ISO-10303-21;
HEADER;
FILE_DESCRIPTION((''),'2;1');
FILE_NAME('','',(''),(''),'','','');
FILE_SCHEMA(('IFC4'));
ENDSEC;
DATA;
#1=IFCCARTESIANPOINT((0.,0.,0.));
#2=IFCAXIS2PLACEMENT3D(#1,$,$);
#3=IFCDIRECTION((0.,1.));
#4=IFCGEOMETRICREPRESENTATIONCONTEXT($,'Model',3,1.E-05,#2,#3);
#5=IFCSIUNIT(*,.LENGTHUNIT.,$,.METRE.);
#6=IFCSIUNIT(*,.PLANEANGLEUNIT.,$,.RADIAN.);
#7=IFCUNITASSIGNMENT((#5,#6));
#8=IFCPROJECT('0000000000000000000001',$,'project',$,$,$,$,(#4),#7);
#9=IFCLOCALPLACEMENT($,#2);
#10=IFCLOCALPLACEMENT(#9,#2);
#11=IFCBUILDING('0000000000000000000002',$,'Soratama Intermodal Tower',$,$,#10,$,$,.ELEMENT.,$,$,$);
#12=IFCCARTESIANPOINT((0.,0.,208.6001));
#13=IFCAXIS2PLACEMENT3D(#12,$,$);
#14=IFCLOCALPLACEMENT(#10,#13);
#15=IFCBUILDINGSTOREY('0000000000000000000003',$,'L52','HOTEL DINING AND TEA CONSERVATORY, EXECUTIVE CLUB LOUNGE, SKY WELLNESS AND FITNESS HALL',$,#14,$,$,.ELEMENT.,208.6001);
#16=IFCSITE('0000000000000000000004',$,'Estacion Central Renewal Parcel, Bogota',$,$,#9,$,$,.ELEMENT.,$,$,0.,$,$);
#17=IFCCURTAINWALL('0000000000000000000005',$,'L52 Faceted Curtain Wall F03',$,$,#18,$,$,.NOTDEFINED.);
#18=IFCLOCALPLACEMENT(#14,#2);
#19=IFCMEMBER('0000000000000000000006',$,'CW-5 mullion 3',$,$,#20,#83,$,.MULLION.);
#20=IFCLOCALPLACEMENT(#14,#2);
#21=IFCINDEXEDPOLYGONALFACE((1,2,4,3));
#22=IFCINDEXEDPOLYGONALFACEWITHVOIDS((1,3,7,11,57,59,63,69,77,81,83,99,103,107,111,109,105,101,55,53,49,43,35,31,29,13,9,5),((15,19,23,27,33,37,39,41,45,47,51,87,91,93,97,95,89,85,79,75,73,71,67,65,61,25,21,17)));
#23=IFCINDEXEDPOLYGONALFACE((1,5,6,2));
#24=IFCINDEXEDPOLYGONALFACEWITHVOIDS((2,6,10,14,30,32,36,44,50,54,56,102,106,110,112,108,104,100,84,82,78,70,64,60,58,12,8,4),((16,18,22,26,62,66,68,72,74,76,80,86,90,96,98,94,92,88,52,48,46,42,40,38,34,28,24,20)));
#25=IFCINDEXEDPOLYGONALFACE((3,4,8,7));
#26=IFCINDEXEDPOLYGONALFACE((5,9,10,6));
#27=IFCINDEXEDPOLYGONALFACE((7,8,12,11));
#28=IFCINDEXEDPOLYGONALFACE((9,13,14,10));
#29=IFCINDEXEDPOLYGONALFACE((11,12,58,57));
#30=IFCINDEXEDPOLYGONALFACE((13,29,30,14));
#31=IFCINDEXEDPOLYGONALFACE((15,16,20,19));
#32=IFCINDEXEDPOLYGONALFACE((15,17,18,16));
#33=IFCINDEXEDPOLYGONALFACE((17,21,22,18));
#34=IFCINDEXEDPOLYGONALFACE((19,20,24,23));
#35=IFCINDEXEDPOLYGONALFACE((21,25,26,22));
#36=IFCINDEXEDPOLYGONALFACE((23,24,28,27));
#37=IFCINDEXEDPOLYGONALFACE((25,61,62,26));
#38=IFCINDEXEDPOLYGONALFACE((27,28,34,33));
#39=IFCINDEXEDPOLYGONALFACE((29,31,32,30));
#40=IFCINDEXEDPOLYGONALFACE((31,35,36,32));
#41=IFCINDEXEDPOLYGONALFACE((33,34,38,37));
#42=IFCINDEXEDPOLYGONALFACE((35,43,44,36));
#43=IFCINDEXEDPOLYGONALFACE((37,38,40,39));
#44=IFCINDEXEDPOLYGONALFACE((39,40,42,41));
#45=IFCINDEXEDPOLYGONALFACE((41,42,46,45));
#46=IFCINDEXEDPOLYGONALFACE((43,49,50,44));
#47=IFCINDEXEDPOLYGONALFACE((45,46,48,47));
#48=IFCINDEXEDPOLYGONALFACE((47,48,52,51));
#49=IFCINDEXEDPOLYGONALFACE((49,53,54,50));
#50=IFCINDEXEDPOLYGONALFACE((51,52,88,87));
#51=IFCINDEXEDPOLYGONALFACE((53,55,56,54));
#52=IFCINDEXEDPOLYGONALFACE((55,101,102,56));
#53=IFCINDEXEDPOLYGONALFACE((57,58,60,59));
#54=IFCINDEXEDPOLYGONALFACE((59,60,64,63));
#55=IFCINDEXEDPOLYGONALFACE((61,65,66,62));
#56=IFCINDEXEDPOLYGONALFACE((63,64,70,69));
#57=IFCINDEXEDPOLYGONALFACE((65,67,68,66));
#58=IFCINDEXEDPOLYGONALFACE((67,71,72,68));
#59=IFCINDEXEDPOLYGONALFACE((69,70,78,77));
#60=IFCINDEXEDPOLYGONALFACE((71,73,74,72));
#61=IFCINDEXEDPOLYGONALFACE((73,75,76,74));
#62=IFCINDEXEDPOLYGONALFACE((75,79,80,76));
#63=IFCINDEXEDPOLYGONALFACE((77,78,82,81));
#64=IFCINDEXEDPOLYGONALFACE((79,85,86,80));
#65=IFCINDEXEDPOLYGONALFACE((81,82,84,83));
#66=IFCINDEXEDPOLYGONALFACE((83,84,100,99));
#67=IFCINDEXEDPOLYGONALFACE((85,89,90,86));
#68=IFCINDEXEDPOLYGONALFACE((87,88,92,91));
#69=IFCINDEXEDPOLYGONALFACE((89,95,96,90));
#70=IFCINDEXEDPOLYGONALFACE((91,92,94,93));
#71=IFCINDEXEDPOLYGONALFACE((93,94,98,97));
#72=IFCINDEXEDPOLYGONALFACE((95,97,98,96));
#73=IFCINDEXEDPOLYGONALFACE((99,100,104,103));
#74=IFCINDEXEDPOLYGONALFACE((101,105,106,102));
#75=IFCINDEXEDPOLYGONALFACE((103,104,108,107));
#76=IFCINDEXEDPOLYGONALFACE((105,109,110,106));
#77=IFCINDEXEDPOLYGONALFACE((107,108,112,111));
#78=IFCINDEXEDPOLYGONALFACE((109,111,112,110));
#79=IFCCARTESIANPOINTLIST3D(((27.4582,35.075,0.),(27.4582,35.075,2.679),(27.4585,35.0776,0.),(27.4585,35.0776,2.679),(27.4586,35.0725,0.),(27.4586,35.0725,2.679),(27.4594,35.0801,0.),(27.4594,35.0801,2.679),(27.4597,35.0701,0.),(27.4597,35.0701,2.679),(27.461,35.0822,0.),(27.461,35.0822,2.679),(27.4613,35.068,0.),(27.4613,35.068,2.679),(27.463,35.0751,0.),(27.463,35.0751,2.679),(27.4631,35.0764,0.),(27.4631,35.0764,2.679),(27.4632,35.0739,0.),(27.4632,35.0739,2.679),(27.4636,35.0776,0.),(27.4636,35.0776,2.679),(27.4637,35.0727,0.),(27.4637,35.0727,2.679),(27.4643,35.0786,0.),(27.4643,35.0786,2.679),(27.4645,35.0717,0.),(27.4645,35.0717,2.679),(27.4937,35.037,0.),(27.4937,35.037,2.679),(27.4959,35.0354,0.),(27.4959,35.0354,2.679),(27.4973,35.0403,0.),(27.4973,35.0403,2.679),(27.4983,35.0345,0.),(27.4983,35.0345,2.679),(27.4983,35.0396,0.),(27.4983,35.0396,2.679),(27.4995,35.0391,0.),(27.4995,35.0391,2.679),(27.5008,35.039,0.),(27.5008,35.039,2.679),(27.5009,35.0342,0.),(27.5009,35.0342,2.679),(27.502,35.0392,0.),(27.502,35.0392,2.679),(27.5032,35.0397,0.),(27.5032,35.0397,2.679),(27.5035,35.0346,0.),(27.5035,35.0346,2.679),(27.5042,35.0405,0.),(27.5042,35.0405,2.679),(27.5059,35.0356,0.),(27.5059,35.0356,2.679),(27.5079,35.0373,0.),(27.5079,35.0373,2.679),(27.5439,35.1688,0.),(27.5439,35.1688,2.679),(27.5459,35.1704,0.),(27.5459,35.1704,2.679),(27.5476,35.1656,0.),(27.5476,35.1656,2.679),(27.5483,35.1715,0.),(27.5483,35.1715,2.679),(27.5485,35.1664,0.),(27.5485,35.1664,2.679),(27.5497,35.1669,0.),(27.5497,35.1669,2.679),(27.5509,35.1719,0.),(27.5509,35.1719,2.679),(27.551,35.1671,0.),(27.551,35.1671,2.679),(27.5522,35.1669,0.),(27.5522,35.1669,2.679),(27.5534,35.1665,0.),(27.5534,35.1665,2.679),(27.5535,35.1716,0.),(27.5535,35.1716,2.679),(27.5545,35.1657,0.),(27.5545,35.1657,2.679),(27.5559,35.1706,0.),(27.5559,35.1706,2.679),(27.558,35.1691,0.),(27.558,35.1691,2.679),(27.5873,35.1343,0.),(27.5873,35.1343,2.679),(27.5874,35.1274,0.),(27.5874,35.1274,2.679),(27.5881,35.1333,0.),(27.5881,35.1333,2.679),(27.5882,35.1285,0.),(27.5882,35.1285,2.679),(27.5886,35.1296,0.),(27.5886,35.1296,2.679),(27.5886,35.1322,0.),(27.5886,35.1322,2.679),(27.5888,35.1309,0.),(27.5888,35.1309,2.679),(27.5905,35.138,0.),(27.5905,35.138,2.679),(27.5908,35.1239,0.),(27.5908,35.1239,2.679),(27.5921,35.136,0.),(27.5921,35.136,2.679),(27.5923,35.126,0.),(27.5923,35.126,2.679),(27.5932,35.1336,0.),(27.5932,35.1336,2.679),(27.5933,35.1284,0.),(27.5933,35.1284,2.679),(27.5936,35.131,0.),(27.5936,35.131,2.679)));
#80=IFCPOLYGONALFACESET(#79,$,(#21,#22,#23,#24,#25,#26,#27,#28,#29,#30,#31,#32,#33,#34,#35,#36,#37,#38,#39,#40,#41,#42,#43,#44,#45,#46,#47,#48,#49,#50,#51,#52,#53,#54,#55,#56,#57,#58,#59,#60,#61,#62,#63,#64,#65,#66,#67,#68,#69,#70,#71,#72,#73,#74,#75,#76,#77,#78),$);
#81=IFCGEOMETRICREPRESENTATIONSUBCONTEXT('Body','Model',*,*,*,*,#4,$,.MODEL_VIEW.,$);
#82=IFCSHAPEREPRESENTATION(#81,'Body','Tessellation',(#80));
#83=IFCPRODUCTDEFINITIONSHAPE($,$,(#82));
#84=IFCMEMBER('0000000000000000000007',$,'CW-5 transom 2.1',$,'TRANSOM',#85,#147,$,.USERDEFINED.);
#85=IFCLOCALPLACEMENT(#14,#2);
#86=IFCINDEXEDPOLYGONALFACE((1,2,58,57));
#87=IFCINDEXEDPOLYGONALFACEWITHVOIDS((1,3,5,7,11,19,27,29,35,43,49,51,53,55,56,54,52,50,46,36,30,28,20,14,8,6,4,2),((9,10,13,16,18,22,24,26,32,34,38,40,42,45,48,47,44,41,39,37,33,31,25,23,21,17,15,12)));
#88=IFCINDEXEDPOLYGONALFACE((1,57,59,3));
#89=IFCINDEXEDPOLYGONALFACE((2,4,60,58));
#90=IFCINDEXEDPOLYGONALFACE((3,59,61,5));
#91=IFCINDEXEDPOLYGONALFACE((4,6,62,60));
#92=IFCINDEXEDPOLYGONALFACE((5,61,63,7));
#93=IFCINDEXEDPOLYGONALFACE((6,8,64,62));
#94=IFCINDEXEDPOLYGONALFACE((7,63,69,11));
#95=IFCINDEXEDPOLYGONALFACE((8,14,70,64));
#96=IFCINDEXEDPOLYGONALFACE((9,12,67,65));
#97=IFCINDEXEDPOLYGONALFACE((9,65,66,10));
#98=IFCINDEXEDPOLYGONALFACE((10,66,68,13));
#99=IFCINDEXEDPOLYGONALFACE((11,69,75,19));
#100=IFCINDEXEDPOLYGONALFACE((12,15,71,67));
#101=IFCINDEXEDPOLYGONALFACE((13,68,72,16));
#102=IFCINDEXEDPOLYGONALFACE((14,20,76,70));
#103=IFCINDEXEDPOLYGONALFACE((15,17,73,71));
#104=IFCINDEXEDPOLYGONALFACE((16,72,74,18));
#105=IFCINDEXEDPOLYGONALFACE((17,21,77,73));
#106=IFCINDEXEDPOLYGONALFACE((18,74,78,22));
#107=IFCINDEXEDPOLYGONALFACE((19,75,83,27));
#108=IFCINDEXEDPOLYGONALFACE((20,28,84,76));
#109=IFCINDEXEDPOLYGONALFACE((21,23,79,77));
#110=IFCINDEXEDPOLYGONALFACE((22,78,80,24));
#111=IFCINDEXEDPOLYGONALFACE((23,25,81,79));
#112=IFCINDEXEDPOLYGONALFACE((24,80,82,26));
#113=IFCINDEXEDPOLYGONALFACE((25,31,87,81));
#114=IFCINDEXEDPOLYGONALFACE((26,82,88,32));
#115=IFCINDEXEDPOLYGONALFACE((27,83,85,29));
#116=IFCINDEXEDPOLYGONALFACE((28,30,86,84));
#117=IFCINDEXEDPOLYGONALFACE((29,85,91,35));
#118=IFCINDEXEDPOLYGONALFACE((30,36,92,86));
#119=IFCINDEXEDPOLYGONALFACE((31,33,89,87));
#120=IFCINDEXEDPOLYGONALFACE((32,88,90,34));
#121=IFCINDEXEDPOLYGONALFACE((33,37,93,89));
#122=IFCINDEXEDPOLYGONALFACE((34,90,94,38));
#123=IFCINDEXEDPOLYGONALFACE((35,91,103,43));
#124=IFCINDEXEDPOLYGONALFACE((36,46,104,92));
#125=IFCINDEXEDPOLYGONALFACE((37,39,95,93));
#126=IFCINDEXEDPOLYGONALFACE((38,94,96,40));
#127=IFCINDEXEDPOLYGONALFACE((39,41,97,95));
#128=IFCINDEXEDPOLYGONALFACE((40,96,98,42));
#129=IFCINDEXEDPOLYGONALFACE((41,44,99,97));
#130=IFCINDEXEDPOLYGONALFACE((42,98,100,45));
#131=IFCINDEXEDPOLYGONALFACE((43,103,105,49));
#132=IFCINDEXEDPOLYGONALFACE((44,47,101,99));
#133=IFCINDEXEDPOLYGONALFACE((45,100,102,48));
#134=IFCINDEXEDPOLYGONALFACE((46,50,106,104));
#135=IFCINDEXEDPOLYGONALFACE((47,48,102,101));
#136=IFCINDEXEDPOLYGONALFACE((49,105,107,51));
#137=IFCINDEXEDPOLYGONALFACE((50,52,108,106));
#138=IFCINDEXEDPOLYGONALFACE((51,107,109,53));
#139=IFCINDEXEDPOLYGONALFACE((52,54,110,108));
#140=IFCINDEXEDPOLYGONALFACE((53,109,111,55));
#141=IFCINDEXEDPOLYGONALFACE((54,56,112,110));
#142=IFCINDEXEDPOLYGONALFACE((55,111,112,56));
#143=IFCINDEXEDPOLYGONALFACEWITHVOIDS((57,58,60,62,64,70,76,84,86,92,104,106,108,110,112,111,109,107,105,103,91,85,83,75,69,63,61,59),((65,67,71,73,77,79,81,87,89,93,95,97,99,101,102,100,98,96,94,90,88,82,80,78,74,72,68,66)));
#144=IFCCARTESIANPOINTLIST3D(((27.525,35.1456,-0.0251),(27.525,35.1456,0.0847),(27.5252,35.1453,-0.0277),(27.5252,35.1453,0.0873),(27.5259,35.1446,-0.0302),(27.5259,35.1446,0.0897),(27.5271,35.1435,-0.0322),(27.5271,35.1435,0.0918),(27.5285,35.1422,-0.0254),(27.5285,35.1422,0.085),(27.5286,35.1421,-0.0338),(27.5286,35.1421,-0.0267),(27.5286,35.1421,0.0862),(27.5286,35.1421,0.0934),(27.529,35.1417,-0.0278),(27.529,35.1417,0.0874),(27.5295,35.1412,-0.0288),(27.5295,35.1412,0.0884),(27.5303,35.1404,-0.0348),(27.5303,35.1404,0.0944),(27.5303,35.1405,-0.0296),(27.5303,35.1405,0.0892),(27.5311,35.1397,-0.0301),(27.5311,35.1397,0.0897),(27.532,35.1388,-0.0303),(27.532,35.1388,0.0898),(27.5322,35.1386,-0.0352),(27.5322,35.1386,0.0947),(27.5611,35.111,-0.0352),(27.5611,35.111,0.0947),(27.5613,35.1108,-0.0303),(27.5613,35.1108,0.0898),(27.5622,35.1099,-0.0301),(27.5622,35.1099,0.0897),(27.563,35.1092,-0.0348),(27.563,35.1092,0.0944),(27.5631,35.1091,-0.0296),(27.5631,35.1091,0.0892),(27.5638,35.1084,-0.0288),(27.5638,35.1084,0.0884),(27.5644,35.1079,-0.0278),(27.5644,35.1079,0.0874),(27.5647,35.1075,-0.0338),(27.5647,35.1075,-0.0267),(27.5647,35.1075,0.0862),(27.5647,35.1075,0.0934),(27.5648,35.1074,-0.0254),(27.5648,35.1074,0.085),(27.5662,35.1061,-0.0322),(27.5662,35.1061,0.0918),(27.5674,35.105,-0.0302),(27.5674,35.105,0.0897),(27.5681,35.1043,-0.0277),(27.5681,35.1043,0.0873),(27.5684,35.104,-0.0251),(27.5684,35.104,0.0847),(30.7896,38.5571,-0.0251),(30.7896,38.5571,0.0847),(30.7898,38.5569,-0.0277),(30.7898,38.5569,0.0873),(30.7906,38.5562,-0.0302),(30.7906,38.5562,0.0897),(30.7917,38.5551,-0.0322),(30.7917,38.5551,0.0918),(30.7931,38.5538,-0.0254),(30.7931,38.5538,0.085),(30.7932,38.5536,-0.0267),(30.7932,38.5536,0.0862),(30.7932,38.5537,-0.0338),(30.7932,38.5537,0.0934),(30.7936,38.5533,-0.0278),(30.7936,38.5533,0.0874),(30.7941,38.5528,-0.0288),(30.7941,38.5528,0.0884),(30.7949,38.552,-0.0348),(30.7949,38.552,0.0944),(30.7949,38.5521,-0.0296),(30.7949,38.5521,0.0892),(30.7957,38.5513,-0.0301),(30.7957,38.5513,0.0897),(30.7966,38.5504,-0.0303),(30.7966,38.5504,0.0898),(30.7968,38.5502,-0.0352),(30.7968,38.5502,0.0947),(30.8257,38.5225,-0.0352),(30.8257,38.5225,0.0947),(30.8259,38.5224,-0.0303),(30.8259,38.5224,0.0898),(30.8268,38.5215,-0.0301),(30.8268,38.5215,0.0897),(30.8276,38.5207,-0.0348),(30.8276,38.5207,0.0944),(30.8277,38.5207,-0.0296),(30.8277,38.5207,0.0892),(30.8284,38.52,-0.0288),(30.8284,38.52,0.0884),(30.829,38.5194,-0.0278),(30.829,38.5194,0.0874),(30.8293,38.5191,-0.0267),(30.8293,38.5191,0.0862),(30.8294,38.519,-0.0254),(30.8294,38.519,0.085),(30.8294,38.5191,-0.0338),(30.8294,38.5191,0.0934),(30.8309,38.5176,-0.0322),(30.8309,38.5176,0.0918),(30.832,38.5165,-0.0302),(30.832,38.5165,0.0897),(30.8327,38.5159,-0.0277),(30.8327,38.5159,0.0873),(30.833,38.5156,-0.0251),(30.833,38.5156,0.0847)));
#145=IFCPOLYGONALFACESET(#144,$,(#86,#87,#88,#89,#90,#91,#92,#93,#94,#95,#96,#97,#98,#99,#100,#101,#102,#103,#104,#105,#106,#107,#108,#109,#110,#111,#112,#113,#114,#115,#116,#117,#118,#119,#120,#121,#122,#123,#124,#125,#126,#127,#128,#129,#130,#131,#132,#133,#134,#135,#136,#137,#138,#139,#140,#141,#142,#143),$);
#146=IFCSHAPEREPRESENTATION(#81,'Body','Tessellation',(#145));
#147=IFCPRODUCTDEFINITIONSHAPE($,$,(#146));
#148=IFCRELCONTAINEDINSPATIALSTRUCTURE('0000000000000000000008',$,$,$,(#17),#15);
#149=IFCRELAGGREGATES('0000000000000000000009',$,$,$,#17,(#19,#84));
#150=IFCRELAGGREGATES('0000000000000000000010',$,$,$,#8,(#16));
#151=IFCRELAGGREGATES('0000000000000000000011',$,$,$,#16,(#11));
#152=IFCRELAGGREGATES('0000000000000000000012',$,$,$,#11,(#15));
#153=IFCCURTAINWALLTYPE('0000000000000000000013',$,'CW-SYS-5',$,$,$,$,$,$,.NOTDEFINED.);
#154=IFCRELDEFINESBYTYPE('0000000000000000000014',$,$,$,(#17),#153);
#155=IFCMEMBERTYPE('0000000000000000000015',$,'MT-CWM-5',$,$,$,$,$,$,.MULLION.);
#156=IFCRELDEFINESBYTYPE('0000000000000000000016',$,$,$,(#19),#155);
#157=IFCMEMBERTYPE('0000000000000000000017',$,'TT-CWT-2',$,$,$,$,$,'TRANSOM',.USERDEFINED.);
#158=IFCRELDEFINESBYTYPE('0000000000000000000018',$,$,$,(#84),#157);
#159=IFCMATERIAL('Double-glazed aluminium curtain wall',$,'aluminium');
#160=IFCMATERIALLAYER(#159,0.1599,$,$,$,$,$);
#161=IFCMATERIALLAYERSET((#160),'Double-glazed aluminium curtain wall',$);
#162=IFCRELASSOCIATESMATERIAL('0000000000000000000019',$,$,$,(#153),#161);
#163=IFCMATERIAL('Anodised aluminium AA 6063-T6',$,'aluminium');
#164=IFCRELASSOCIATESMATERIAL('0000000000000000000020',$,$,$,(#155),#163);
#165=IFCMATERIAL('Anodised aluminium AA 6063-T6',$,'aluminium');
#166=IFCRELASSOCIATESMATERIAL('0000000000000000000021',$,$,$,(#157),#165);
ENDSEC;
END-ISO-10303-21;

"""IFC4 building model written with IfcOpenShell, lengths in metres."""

from ifc_helpers import new_model, si_unit, direction, frame, origin, origin_2d, place, context, subcontext, project, spatial, hollow_rectangle, extrude, material, layer, layer_set, material_profile, profile_set, type_object, element, aggregate, save


model = new_model("IFC4")

# Units and contexts
model_context = context("Model", 3, precision=1e-05, world=origin(), true_north=direction((0.0, 1.0)))
body_context = subcontext(model_context, "Body", "Model", "MODEL_VIEW")
ifc_project = project(units=[si_unit("LENGTHUNIT", "METRE"), si_unit("PLANEANGLEUNIT", "RADIAN")], contexts=[model_context])

# Site, building, storey
site_placement = place(None, origin())
site = spatial("IfcSite", under=ifc_project, at=site_placement, Name="Estacion Central Renewal Parcel, Bogota", CompositionType="ELEMENT", RefElevation=0.0)
building_placement = place(site_placement, origin())
building = spatial("IfcBuilding", under=site, at=building_placement, Name="Soratama Intermodal Tower", CompositionType="ELEMENT")
storey_placement = place(building_placement, frame((0.0, 0.0, 208.6001)))
storey = spatial("IfcBuildingStorey", under=building, at=storey_placement, Name="L52", Description="HOTEL DINING AND TEA CONSERVATORY, EXECUTIVE CLUB LOUNGE, SKY WELLNESS AND FITNESS HALL", CompositionType="ELEMENT", Elevation=208.6001)

# Curtain wall, members
ifc_material_1 = material(Name="Double-glazed aluminium curtain wall", Category="aluminium")
ifc_layer_1 = layer(ifc_material_1, 0.1599)
ifc_layer_set_1 = layer_set([ifc_layer_1], Name="Double-glazed aluminium curtain wall")
curtain_wall_type = type_object("IfcCurtainWallType", Name="CW-SYS-5", PredefinedType="NOTDEFINED", material=ifc_layer_set_1)
curtain_wall_placement = place(storey_placement, origin())
curtain_wall = element("IfcCurtainWall", 1, at=curtain_wall_placement, inside=storey, type_object=curtain_wall_type, Name="L52 Faceted Curtain Wall F03", PredefinedType="NOTDEFINED")
ifc_material_2 = material(Name="Anodised aluminium AA 6063-T6", Category="aluminium")
ifc_material_profile_1 = material_profile(ifc_material_2, hollow_rectangle(XDim=0.0649, YDim=0.1399, WallThickness=0.0049, InnerFilletRadius=0.0049, OuterFilletRadius=0.01, at=origin_2d()), Name="CWM140X65X5")
ifc_profile_set_1 = profile_set([ifc_material_profile_1], Name="Anodised aluminium AA 6063-T6")
member_type_1 = type_object("IfcMemberType", Name="MT-CWM-5", PredefinedType="MULLION", material=ifc_profile_set_1)
member_1_placement = place(storey_placement, frame((27.5259, 35.103, 0.0), z_axis=(0.0, 0.0, 1.0), x_axis=(0.722485, -0.691386, 0.0)))
member_1 = element("IfcMember", 2, at=member_1_placement, type_object=member_type_1, Name="CW-5 mullion 3", PredefinedType="MULLION", context=body_context, shape_type="SweptSolid", body=[
    extrude(hollow_rectangle(XDim=0.0649, YDim=0.1399, WallThickness=0.0049, InnerFilletRadius=0.0049, OuterFilletRadius=0.01, at=origin_2d()), origin(), (0.0, 0.0, 1.0), 2.679),
])
ifc_material_3 = material(Name="Anodised aluminium AA 6063-T6", Category="aluminium")
ifc_material_profile_2 = material_profile(ifc_material_3, hollow_rectangle(XDim=0.0601, YDim=0.1299, WallThickness=0.0049, InnerFilletRadius=0.0049, OuterFilletRadius=0.01, at=origin_2d()), Name="CWT130X60X5")
ifc_profile_set_2 = profile_set([ifc_material_profile_2], Name="Anodised aluminium AA 6063-T6")
member_type_2 = type_object("IfcMemberType", Name="TT-CWT-2", ElementType="TRANSOM", PredefinedType="USERDEFINED", material=ifc_profile_set_2)
member_2_placement = place(storey_placement, frame((30.8113, 38.5364, 0.0298), z_axis=(-0.691373, -0.722498, 0.0), x_axis=(0.722498, -0.691373, 0.0)))
member_2 = element("IfcMember", 3, at=member_2_placement, type_object=member_type_2, Name="CW-5 transom 2.1", ObjectType="TRANSOM", PredefinedType="USERDEFINED", context=body_context, shape_type="SweptSolid", body=[
    extrude(hollow_rectangle(XDim=0.0601, YDim=0.1299, WallThickness=0.0049, InnerFilletRadius=0.0049, OuterFilletRadius=0.01, at=origin_2d()), origin(), (0.0, 0.0, 1.0), 4.7219),
])
aggregate(curtain_wall, [member_1, member_2])

save(model, "model.ifc")
